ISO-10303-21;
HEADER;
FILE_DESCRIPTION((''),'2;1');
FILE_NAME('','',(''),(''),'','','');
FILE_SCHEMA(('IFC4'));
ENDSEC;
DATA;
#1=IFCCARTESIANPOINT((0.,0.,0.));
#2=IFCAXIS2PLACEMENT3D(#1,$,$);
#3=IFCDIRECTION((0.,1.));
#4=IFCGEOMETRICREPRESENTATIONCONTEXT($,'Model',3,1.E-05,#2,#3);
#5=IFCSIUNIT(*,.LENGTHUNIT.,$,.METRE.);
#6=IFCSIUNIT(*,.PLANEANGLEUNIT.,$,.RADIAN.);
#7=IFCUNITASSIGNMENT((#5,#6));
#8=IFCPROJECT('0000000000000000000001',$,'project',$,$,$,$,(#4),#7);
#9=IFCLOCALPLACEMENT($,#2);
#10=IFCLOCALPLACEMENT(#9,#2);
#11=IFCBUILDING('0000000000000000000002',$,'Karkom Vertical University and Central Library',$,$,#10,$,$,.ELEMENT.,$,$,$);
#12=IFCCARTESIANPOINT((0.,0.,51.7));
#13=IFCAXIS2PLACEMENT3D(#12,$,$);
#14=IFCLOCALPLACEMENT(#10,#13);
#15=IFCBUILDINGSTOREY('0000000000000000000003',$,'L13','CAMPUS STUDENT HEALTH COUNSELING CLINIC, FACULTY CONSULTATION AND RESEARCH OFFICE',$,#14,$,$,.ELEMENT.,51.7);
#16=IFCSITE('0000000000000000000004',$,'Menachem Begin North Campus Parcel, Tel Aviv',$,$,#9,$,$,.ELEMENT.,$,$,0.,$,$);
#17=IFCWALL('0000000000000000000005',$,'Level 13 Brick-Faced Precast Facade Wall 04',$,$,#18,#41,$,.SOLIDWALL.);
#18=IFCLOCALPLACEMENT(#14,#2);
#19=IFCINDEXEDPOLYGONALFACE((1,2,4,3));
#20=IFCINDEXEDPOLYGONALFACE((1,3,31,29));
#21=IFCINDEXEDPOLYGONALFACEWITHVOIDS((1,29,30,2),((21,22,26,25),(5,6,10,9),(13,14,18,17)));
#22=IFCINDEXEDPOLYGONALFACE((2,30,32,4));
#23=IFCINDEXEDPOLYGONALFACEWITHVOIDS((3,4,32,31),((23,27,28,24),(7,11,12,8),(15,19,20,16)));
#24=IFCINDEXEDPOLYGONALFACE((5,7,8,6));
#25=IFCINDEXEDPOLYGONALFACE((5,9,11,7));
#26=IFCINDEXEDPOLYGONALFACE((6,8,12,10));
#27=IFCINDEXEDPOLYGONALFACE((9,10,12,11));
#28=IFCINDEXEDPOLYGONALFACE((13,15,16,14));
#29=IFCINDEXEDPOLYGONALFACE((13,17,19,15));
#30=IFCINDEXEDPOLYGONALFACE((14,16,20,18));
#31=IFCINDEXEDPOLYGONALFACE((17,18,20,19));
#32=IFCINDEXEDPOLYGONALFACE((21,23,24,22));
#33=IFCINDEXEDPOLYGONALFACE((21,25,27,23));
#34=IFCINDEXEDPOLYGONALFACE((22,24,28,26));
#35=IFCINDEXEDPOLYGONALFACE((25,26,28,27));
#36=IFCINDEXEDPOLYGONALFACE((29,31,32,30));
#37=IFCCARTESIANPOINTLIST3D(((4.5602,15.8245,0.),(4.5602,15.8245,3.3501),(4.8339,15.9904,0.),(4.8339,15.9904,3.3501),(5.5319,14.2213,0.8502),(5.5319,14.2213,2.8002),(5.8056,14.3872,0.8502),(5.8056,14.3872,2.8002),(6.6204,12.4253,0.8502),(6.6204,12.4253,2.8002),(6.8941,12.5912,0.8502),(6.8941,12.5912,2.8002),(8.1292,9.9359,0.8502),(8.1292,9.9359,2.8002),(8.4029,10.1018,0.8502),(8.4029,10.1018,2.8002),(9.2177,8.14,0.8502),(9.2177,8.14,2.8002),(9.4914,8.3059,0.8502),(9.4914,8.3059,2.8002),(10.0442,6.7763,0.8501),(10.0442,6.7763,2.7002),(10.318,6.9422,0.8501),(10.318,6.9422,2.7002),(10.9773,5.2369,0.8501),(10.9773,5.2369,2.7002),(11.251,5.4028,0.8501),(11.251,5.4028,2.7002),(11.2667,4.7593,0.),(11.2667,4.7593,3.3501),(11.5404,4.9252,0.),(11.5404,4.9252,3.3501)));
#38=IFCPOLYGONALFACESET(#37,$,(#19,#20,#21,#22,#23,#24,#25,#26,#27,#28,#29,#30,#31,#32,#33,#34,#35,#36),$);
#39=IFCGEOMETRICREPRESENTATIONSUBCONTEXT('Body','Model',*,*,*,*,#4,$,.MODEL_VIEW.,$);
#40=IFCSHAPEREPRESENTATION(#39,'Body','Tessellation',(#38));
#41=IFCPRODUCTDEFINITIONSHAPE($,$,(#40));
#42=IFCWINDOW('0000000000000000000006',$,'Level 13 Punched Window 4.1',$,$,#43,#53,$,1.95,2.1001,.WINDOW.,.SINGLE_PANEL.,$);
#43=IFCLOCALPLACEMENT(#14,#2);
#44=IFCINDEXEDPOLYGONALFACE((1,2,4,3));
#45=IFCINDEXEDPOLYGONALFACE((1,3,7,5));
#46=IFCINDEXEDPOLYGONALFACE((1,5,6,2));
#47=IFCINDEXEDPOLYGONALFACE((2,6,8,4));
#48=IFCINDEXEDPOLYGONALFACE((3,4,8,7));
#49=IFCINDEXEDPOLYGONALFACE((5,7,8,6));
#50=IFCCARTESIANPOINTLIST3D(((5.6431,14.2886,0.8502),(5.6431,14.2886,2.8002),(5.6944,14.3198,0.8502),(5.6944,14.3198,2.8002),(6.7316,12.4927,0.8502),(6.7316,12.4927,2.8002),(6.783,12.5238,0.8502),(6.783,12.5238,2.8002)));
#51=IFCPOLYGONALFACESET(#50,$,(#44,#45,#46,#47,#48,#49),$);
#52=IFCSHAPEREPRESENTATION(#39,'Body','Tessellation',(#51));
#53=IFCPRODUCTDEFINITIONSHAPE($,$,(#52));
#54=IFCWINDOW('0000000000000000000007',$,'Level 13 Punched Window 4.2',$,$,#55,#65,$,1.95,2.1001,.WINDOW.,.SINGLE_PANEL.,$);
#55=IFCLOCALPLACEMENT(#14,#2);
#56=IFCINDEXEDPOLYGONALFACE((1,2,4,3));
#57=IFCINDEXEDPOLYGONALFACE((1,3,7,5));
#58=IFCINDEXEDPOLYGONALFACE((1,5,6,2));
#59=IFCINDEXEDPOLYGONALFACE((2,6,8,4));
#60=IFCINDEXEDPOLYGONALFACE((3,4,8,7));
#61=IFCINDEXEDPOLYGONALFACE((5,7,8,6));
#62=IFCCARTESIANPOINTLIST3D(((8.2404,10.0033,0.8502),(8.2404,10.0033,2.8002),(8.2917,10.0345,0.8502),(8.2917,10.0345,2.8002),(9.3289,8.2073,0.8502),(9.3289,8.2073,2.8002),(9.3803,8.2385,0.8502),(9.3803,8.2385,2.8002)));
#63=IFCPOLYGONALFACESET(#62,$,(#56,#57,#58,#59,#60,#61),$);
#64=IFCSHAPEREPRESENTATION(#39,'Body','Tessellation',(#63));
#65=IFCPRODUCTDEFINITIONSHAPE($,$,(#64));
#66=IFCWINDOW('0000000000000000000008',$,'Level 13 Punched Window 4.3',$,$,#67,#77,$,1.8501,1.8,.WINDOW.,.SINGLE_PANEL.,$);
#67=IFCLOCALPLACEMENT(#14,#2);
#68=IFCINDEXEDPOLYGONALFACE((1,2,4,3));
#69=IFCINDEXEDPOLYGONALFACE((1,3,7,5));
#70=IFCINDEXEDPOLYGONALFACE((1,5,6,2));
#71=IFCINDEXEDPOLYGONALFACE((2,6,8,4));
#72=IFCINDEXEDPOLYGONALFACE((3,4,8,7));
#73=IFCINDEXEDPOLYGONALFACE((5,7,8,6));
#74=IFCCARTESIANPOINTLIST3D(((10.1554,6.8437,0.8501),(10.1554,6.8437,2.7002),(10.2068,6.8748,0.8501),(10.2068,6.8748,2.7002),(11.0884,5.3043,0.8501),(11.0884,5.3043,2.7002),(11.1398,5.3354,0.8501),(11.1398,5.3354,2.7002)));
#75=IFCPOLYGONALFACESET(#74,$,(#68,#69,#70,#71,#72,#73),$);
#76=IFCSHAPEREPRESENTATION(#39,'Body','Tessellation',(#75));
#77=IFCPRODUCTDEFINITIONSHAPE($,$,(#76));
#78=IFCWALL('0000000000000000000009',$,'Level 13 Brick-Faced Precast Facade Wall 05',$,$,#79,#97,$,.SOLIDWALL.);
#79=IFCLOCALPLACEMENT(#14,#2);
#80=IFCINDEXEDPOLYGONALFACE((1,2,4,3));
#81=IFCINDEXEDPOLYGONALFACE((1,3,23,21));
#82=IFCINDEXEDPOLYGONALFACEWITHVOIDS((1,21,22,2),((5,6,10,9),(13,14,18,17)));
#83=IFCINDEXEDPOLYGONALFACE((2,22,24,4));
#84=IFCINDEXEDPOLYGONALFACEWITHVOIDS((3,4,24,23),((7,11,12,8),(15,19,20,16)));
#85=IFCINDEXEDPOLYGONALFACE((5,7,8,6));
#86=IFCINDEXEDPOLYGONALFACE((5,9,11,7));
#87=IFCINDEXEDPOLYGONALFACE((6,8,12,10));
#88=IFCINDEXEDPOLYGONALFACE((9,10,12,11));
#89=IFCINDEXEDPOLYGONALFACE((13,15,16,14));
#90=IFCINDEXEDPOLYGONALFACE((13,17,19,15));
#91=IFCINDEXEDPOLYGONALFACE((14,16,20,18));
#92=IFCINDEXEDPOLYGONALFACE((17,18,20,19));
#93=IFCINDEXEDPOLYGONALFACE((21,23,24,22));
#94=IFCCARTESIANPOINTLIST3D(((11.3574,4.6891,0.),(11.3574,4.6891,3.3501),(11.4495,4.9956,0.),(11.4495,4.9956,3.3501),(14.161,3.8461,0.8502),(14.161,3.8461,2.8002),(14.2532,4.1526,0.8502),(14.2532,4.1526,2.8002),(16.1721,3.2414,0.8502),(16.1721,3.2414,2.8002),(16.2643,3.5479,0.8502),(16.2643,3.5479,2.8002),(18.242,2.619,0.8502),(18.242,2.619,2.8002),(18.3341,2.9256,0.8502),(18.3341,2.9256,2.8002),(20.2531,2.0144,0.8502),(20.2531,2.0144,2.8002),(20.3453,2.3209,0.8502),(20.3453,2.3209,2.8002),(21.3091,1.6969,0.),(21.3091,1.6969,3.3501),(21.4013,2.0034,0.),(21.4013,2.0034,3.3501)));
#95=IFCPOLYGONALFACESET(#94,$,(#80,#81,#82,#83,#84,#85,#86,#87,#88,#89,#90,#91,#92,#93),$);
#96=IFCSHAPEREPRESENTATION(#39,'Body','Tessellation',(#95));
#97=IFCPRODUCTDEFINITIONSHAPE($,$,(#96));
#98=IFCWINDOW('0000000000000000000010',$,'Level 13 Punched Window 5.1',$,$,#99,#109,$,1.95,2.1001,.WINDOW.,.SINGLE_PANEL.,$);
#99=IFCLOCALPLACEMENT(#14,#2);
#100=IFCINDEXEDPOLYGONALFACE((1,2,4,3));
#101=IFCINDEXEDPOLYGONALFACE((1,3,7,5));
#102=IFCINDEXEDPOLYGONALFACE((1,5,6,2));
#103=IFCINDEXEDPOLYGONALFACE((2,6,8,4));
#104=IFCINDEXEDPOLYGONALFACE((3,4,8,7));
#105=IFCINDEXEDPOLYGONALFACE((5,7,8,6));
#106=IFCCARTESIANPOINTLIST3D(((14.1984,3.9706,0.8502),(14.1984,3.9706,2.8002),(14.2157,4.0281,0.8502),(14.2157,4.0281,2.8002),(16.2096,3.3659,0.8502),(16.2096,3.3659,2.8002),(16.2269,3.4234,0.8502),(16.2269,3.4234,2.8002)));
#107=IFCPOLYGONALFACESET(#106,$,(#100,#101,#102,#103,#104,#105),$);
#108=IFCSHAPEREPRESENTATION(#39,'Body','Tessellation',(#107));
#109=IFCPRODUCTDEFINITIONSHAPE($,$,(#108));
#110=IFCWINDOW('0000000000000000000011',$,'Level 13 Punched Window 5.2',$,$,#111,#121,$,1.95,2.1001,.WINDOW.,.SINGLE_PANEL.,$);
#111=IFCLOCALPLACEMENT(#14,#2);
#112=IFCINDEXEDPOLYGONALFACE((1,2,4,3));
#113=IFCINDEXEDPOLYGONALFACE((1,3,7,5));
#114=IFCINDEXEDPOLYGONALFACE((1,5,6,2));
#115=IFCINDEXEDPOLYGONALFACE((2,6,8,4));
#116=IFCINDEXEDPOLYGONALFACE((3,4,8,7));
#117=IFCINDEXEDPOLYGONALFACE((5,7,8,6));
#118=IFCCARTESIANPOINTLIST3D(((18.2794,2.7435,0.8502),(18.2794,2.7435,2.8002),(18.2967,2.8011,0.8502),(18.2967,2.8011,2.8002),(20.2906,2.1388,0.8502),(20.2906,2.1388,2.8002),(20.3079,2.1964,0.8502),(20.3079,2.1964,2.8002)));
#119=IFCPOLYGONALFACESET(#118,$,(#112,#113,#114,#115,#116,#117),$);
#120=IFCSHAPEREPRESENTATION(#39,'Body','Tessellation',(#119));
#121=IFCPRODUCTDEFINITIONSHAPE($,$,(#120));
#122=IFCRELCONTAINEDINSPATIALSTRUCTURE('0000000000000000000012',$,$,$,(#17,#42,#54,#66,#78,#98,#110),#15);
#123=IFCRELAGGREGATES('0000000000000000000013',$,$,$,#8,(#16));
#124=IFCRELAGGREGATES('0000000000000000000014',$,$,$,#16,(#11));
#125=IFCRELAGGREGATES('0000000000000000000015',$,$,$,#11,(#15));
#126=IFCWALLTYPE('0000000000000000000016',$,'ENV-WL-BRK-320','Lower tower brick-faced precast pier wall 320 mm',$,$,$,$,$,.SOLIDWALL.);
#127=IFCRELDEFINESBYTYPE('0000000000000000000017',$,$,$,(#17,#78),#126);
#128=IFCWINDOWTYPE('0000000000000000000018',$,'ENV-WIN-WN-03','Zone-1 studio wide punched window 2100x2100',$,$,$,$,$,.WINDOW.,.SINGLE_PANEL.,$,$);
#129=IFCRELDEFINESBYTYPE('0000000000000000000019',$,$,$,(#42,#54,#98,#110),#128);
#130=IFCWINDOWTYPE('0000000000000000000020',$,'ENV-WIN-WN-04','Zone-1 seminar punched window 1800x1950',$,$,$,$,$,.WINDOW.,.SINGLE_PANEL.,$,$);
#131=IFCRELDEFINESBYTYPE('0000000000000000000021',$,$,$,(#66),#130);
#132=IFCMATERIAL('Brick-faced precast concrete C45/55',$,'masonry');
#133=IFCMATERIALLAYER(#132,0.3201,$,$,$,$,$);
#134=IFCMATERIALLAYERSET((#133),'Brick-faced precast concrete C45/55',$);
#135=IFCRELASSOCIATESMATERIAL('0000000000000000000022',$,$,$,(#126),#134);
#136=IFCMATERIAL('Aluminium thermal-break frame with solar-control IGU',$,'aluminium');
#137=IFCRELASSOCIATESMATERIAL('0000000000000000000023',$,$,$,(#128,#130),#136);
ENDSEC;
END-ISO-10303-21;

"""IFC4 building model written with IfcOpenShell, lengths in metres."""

from ifc_helpers import new_model, si_unit, direction, frame, frame_2d, origin, origin_with_axes, place, context, subcontext, project, spatial, rectangle, extrude, source, transform, mapped, material, layer, layer_set, type_object, element, fill, save


model = new_model("IFC4")

# Units and contexts
model_context = context("Model", 3, precision=1e-05, world=origin(), true_north=direction((0.0, 1.0)))
body_context = subcontext(model_context, "Body", "Model", "MODEL_VIEW")
ifc_project = project(units=[si_unit("LENGTHUNIT", "METRE"), si_unit("PLANEANGLEUNIT", "RADIAN")], contexts=[model_context])

# Site, building, storey
site_placement = place(None, origin())
site = spatial("IfcSite", under=ifc_project, at=site_placement, Name="Menachem Begin North Campus Parcel, Tel Aviv", CompositionType="ELEMENT", RefElevation=0.0)
building_placement = place(site_placement, origin())
building = spatial("IfcBuilding", under=site, at=building_placement, Name="Karkom Vertical University and Central Library", CompositionType="ELEMENT")
storey_placement = place(building_placement, frame((0.0, 0.0, 51.7)))
storey = spatial("IfcBuildingStorey", under=building, at=storey_placement, Name="L13", Description="CAMPUS STUDENT HEALTH COUNSELING CLINIC, FACULTY CONSULTATION AND RESEARCH OFFICE", CompositionType="ELEMENT", Elevation=51.7)

# Walls, openings, windows
ifc_material_1 = material(Name="Brick-faced precast concrete C45/55", Category="masonry")
ifc_layer_1 = layer(ifc_material_1, 0.3201)
ifc_layer_set_1 = layer_set([ifc_layer_1], Name="Brick-faced precast concrete C45/55")
wall_type_1 = type_object("IfcWallType", Name="ENV-WL-BRK-320", Description="Lower tower brick-faced precast pier wall 320 mm", PredefinedType="SOLIDWALL", material=ifc_layer_set_1)
wall_1_placement = place(storey_placement, frame((4.697, 15.9075, 0.0), z_axis=(0.0, 0.0, 1.0), x_axis=(0.518323, -0.855185, 0.0)))
wall_1 = element("IfcWall", 1, at=wall_1_placement, inside=storey, type_object=wall_type_1, Name="Level 13 Brick-Faced Precast Facade Wall 04", PredefinedType="SOLIDWALL", context=body_context, shape_type="SweptSolid", body=[
    extrude(rectangle(XDim=12.939, YDim=0.3201, at=frame_2d((6.4695, 0.0))), origin(), (0.0, 0.0, 1.0), 3.3501),
])
opening_1_placement = place(wall_1_placement, frame((1.8748, 0.0, 0.8501)))
opening_1 = element("IfcOpeningElement", 2, at=opening_1_placement, cuts=wall_1, PredefinedType="OPENING", context=body_context, shape_type="SweptSolid", body=[
    extrude(rectangle(XDim=2.1001, YDim=1.95, at=frame_2d((1.05, 0.9751))), frame((0.0, 0.1699, 0.0), z_axis=(0.0, -1.0, 0.0), x_axis=(1.0, 0.0, 0.0)), (0.0, 0.0, 1.0), 0.3401),
])
opening_2_placement = place(wall_1_placement, frame((6.8857, 0.0, 0.8501)))
opening_2 = element("IfcOpeningElement", 3, at=opening_2_placement, cuts=wall_1, PredefinedType="OPENING", context=body_context, shape_type="SweptSolid", body=[
    extrude(rectangle(XDim=2.1001, YDim=1.95, at=frame_2d((1.05, 0.9751))), frame((0.0, 0.1699, 0.0), z_axis=(0.0, -1.0, 0.0), x_axis=(1.0, 0.0, 0.0)), (0.0, 0.0, 1.0), 0.3401),
])
opening_3_placement = place(wall_1_placement, frame((10.5806, 0.0, 0.8501)))
opening_3 = element("IfcOpeningElement", 4, at=opening_3_placement, cuts=wall_1, PredefinedType="OPENING", context=body_context, shape_type="SweptSolid", body=[
    extrude(rectangle(XDim=1.8, YDim=1.8501, at=frame_2d((0.8999, 0.925))), frame((0.0, 0.1699, 0.0), z_axis=(0.0, -1.0, 0.0), x_axis=(1.0, 0.0, 0.0)), (0.0, 0.0, 1.0), 0.3401),
])
ifc_material_2 = material(Name="Aluminium thermal-break frame with solar-control IGU", Category="aluminium")
window_type_1 = type_object("IfcWindowType", Name="ENV-WIN-WN-03", Description="Zone-1 studio wide punched window 2100x2100", PartitioningType="SINGLE_PANEL", PredefinedType="WINDOW", material=ifc_material_2)
shared_shape_1 = source(origin_with_axes(), body_context, "Body", "SweptSolid", [
    extrude(rectangle(XDim=2.1001, YDim=1.95, at=frame_2d((1.05, 0.9751))), frame((0.0, 0.03, 0.0), z_axis=(0.0, -1.0, 0.0), x_axis=(1.0, 0.0, 0.0)), (0.0, 0.0, 1.0), 0.0601),
])
window_1_placement = place(opening_1_placement, origin())
window_1 = element("IfcWindow", 5, at=window_1_placement, inside=storey, type_object=window_type_1, Name="Level 13 Punched Window 4.1", OverallHeight=1.95, OverallWidth=2.1001, PartitioningType="SINGLE_PANEL", PredefinedType="WINDOW", context=body_context, shape_type="MappedRepresentation", body=[
    mapped(shared_shape_1, transform((0.0, 0.0, 0.0), scale=1.0)),
])
fill(opening_1, window_1)
window_2_placement = place(opening_2_placement, origin())
window_2 = element("IfcWindow", 6, at=window_2_placement, inside=storey, type_object=window_type_1, Name="Level 13 Punched Window 4.2", OverallHeight=1.95, OverallWidth=2.1001, PartitioningType="SINGLE_PANEL", PredefinedType="WINDOW", context=body_context, shape_type="MappedRepresentation", body=[
    mapped(shared_shape_1, transform((0.0, 0.0, 0.0), scale=1.0)),
])
fill(opening_2, window_2)
window_type_2 = type_object("IfcWindowType", Name="ENV-WIN-WN-04", Description="Zone-1 seminar punched window 1800x1950", PartitioningType="SINGLE_PANEL", PredefinedType="WINDOW", material=ifc_material_2)
shared_shape_2 = source(origin_with_axes(), body_context, "Body", "SweptSolid", [
    extrude(rectangle(XDim=1.8, YDim=1.8501, at=frame_2d((0.8999, 0.925))), frame((0.0, 0.03, 0.0), z_axis=(0.0, -1.0, 0.0), x_axis=(1.0, 0.0, 0.0)), (0.0, 0.0, 1.0), 0.0601),
])
window_3_placement = place(opening_3_placement, origin())
window_3 = element("IfcWindow", 7, at=window_3_placement, inside=storey, type_object=window_type_2, Name="Level 13 Punched Window 4.3", OverallHeight=1.8501, OverallWidth=1.8, PartitioningType="SINGLE_PANEL", PredefinedType="WINDOW", context=body_context, shape_type="MappedRepresentation", body=[
    mapped(shared_shape_2, transform((0.0, 0.0, 0.0), scale=1.0)),
])
fill(opening_3, window_3)
wall_2_placement = place(storey_placement, frame((11.4036, 4.8423, 0.0), z_axis=(0.0, 0.0, 1.0), x_axis=(0.957649, -0.287938, 0.0)))
wall_2 = element("IfcWall", 8, at=wall_2_placement, inside=storey, type_object=wall_type_1, Name="Level 13 Brick-Faced Precast Facade Wall 05", PredefinedType="SOLIDWALL", context=body_context, shape_type="SweptSolid", body=[
    extrude(rectangle(XDim=10.3918, YDim=0.3201, at=frame_2d((5.1958, 0.0))), origin(), (0.0, 0.0, 1.0), 3.3501),
])
opening_4_placement = place(wall_2_placement, frame((2.9275, 0.0, 0.8501)))
opening_4 = element("IfcOpeningElement", 9, at=opening_4_placement, cuts=wall_2, PredefinedType="OPENING", context=body_context, shape_type="SweptSolid", body=[
    extrude(rectangle(XDim=2.1001, YDim=1.95, at=frame_2d((1.05, 0.9751))), frame((0.0, 0.1699, 0.0), z_axis=(0.0, -1.0, 0.0), x_axis=(1.0, 0.0, 0.0)), (0.0, 0.0, 1.0), 0.3401),
])
opening_5_placement = place(wall_2_placement, frame((7.189, 0.0, 0.8501)))
opening_5 = element("IfcOpeningElement", 10, at=opening_5_placement, cuts=wall_2, PredefinedType="OPENING", context=body_context, shape_type="SweptSolid", body=[
    extrude(rectangle(XDim=2.1001, YDim=1.95, at=frame_2d((1.05, 0.9751))), frame((0.0, 0.1699, 0.0), z_axis=(0.0, -1.0, 0.0), x_axis=(1.0, 0.0, 0.0)), (0.0, 0.0, 1.0), 0.3401),
])
window_4_placement = place(opening_4_placement, origin())
window_4 = element("IfcWindow", 11, at=window_4_placement, inside=storey, type_object=window_type_1, Name="Level 13 Punched Window 5.1", OverallHeight=1.95, OverallWidth=2.1001, PartitioningType="SINGLE_PANEL", PredefinedType="WINDOW", context=body_context, shape_type="MappedRepresentation", body=[
    mapped(shared_shape_1, transform((0.0, 0.0, 0.0), scale=1.0)),
])
fill(opening_4, window_4)
window_5_placement = place(opening_5_placement, origin())
window_5 = element("IfcWindow", 12, at=window_5_placement, inside=storey, type_object=window_type_1, Name="Level 13 Punched Window 5.2", OverallHeight=1.95, OverallWidth=2.1001, PartitioningType="SINGLE_PANEL", PredefinedType="WINDOW", context=body_context, shape_type="MappedRepresentation", body=[
    mapped(shared_shape_1, transform((0.0, 0.0, 0.0), scale=1.0)),
])
fill(opening_5, window_5)

save(model, "model.ifc")
